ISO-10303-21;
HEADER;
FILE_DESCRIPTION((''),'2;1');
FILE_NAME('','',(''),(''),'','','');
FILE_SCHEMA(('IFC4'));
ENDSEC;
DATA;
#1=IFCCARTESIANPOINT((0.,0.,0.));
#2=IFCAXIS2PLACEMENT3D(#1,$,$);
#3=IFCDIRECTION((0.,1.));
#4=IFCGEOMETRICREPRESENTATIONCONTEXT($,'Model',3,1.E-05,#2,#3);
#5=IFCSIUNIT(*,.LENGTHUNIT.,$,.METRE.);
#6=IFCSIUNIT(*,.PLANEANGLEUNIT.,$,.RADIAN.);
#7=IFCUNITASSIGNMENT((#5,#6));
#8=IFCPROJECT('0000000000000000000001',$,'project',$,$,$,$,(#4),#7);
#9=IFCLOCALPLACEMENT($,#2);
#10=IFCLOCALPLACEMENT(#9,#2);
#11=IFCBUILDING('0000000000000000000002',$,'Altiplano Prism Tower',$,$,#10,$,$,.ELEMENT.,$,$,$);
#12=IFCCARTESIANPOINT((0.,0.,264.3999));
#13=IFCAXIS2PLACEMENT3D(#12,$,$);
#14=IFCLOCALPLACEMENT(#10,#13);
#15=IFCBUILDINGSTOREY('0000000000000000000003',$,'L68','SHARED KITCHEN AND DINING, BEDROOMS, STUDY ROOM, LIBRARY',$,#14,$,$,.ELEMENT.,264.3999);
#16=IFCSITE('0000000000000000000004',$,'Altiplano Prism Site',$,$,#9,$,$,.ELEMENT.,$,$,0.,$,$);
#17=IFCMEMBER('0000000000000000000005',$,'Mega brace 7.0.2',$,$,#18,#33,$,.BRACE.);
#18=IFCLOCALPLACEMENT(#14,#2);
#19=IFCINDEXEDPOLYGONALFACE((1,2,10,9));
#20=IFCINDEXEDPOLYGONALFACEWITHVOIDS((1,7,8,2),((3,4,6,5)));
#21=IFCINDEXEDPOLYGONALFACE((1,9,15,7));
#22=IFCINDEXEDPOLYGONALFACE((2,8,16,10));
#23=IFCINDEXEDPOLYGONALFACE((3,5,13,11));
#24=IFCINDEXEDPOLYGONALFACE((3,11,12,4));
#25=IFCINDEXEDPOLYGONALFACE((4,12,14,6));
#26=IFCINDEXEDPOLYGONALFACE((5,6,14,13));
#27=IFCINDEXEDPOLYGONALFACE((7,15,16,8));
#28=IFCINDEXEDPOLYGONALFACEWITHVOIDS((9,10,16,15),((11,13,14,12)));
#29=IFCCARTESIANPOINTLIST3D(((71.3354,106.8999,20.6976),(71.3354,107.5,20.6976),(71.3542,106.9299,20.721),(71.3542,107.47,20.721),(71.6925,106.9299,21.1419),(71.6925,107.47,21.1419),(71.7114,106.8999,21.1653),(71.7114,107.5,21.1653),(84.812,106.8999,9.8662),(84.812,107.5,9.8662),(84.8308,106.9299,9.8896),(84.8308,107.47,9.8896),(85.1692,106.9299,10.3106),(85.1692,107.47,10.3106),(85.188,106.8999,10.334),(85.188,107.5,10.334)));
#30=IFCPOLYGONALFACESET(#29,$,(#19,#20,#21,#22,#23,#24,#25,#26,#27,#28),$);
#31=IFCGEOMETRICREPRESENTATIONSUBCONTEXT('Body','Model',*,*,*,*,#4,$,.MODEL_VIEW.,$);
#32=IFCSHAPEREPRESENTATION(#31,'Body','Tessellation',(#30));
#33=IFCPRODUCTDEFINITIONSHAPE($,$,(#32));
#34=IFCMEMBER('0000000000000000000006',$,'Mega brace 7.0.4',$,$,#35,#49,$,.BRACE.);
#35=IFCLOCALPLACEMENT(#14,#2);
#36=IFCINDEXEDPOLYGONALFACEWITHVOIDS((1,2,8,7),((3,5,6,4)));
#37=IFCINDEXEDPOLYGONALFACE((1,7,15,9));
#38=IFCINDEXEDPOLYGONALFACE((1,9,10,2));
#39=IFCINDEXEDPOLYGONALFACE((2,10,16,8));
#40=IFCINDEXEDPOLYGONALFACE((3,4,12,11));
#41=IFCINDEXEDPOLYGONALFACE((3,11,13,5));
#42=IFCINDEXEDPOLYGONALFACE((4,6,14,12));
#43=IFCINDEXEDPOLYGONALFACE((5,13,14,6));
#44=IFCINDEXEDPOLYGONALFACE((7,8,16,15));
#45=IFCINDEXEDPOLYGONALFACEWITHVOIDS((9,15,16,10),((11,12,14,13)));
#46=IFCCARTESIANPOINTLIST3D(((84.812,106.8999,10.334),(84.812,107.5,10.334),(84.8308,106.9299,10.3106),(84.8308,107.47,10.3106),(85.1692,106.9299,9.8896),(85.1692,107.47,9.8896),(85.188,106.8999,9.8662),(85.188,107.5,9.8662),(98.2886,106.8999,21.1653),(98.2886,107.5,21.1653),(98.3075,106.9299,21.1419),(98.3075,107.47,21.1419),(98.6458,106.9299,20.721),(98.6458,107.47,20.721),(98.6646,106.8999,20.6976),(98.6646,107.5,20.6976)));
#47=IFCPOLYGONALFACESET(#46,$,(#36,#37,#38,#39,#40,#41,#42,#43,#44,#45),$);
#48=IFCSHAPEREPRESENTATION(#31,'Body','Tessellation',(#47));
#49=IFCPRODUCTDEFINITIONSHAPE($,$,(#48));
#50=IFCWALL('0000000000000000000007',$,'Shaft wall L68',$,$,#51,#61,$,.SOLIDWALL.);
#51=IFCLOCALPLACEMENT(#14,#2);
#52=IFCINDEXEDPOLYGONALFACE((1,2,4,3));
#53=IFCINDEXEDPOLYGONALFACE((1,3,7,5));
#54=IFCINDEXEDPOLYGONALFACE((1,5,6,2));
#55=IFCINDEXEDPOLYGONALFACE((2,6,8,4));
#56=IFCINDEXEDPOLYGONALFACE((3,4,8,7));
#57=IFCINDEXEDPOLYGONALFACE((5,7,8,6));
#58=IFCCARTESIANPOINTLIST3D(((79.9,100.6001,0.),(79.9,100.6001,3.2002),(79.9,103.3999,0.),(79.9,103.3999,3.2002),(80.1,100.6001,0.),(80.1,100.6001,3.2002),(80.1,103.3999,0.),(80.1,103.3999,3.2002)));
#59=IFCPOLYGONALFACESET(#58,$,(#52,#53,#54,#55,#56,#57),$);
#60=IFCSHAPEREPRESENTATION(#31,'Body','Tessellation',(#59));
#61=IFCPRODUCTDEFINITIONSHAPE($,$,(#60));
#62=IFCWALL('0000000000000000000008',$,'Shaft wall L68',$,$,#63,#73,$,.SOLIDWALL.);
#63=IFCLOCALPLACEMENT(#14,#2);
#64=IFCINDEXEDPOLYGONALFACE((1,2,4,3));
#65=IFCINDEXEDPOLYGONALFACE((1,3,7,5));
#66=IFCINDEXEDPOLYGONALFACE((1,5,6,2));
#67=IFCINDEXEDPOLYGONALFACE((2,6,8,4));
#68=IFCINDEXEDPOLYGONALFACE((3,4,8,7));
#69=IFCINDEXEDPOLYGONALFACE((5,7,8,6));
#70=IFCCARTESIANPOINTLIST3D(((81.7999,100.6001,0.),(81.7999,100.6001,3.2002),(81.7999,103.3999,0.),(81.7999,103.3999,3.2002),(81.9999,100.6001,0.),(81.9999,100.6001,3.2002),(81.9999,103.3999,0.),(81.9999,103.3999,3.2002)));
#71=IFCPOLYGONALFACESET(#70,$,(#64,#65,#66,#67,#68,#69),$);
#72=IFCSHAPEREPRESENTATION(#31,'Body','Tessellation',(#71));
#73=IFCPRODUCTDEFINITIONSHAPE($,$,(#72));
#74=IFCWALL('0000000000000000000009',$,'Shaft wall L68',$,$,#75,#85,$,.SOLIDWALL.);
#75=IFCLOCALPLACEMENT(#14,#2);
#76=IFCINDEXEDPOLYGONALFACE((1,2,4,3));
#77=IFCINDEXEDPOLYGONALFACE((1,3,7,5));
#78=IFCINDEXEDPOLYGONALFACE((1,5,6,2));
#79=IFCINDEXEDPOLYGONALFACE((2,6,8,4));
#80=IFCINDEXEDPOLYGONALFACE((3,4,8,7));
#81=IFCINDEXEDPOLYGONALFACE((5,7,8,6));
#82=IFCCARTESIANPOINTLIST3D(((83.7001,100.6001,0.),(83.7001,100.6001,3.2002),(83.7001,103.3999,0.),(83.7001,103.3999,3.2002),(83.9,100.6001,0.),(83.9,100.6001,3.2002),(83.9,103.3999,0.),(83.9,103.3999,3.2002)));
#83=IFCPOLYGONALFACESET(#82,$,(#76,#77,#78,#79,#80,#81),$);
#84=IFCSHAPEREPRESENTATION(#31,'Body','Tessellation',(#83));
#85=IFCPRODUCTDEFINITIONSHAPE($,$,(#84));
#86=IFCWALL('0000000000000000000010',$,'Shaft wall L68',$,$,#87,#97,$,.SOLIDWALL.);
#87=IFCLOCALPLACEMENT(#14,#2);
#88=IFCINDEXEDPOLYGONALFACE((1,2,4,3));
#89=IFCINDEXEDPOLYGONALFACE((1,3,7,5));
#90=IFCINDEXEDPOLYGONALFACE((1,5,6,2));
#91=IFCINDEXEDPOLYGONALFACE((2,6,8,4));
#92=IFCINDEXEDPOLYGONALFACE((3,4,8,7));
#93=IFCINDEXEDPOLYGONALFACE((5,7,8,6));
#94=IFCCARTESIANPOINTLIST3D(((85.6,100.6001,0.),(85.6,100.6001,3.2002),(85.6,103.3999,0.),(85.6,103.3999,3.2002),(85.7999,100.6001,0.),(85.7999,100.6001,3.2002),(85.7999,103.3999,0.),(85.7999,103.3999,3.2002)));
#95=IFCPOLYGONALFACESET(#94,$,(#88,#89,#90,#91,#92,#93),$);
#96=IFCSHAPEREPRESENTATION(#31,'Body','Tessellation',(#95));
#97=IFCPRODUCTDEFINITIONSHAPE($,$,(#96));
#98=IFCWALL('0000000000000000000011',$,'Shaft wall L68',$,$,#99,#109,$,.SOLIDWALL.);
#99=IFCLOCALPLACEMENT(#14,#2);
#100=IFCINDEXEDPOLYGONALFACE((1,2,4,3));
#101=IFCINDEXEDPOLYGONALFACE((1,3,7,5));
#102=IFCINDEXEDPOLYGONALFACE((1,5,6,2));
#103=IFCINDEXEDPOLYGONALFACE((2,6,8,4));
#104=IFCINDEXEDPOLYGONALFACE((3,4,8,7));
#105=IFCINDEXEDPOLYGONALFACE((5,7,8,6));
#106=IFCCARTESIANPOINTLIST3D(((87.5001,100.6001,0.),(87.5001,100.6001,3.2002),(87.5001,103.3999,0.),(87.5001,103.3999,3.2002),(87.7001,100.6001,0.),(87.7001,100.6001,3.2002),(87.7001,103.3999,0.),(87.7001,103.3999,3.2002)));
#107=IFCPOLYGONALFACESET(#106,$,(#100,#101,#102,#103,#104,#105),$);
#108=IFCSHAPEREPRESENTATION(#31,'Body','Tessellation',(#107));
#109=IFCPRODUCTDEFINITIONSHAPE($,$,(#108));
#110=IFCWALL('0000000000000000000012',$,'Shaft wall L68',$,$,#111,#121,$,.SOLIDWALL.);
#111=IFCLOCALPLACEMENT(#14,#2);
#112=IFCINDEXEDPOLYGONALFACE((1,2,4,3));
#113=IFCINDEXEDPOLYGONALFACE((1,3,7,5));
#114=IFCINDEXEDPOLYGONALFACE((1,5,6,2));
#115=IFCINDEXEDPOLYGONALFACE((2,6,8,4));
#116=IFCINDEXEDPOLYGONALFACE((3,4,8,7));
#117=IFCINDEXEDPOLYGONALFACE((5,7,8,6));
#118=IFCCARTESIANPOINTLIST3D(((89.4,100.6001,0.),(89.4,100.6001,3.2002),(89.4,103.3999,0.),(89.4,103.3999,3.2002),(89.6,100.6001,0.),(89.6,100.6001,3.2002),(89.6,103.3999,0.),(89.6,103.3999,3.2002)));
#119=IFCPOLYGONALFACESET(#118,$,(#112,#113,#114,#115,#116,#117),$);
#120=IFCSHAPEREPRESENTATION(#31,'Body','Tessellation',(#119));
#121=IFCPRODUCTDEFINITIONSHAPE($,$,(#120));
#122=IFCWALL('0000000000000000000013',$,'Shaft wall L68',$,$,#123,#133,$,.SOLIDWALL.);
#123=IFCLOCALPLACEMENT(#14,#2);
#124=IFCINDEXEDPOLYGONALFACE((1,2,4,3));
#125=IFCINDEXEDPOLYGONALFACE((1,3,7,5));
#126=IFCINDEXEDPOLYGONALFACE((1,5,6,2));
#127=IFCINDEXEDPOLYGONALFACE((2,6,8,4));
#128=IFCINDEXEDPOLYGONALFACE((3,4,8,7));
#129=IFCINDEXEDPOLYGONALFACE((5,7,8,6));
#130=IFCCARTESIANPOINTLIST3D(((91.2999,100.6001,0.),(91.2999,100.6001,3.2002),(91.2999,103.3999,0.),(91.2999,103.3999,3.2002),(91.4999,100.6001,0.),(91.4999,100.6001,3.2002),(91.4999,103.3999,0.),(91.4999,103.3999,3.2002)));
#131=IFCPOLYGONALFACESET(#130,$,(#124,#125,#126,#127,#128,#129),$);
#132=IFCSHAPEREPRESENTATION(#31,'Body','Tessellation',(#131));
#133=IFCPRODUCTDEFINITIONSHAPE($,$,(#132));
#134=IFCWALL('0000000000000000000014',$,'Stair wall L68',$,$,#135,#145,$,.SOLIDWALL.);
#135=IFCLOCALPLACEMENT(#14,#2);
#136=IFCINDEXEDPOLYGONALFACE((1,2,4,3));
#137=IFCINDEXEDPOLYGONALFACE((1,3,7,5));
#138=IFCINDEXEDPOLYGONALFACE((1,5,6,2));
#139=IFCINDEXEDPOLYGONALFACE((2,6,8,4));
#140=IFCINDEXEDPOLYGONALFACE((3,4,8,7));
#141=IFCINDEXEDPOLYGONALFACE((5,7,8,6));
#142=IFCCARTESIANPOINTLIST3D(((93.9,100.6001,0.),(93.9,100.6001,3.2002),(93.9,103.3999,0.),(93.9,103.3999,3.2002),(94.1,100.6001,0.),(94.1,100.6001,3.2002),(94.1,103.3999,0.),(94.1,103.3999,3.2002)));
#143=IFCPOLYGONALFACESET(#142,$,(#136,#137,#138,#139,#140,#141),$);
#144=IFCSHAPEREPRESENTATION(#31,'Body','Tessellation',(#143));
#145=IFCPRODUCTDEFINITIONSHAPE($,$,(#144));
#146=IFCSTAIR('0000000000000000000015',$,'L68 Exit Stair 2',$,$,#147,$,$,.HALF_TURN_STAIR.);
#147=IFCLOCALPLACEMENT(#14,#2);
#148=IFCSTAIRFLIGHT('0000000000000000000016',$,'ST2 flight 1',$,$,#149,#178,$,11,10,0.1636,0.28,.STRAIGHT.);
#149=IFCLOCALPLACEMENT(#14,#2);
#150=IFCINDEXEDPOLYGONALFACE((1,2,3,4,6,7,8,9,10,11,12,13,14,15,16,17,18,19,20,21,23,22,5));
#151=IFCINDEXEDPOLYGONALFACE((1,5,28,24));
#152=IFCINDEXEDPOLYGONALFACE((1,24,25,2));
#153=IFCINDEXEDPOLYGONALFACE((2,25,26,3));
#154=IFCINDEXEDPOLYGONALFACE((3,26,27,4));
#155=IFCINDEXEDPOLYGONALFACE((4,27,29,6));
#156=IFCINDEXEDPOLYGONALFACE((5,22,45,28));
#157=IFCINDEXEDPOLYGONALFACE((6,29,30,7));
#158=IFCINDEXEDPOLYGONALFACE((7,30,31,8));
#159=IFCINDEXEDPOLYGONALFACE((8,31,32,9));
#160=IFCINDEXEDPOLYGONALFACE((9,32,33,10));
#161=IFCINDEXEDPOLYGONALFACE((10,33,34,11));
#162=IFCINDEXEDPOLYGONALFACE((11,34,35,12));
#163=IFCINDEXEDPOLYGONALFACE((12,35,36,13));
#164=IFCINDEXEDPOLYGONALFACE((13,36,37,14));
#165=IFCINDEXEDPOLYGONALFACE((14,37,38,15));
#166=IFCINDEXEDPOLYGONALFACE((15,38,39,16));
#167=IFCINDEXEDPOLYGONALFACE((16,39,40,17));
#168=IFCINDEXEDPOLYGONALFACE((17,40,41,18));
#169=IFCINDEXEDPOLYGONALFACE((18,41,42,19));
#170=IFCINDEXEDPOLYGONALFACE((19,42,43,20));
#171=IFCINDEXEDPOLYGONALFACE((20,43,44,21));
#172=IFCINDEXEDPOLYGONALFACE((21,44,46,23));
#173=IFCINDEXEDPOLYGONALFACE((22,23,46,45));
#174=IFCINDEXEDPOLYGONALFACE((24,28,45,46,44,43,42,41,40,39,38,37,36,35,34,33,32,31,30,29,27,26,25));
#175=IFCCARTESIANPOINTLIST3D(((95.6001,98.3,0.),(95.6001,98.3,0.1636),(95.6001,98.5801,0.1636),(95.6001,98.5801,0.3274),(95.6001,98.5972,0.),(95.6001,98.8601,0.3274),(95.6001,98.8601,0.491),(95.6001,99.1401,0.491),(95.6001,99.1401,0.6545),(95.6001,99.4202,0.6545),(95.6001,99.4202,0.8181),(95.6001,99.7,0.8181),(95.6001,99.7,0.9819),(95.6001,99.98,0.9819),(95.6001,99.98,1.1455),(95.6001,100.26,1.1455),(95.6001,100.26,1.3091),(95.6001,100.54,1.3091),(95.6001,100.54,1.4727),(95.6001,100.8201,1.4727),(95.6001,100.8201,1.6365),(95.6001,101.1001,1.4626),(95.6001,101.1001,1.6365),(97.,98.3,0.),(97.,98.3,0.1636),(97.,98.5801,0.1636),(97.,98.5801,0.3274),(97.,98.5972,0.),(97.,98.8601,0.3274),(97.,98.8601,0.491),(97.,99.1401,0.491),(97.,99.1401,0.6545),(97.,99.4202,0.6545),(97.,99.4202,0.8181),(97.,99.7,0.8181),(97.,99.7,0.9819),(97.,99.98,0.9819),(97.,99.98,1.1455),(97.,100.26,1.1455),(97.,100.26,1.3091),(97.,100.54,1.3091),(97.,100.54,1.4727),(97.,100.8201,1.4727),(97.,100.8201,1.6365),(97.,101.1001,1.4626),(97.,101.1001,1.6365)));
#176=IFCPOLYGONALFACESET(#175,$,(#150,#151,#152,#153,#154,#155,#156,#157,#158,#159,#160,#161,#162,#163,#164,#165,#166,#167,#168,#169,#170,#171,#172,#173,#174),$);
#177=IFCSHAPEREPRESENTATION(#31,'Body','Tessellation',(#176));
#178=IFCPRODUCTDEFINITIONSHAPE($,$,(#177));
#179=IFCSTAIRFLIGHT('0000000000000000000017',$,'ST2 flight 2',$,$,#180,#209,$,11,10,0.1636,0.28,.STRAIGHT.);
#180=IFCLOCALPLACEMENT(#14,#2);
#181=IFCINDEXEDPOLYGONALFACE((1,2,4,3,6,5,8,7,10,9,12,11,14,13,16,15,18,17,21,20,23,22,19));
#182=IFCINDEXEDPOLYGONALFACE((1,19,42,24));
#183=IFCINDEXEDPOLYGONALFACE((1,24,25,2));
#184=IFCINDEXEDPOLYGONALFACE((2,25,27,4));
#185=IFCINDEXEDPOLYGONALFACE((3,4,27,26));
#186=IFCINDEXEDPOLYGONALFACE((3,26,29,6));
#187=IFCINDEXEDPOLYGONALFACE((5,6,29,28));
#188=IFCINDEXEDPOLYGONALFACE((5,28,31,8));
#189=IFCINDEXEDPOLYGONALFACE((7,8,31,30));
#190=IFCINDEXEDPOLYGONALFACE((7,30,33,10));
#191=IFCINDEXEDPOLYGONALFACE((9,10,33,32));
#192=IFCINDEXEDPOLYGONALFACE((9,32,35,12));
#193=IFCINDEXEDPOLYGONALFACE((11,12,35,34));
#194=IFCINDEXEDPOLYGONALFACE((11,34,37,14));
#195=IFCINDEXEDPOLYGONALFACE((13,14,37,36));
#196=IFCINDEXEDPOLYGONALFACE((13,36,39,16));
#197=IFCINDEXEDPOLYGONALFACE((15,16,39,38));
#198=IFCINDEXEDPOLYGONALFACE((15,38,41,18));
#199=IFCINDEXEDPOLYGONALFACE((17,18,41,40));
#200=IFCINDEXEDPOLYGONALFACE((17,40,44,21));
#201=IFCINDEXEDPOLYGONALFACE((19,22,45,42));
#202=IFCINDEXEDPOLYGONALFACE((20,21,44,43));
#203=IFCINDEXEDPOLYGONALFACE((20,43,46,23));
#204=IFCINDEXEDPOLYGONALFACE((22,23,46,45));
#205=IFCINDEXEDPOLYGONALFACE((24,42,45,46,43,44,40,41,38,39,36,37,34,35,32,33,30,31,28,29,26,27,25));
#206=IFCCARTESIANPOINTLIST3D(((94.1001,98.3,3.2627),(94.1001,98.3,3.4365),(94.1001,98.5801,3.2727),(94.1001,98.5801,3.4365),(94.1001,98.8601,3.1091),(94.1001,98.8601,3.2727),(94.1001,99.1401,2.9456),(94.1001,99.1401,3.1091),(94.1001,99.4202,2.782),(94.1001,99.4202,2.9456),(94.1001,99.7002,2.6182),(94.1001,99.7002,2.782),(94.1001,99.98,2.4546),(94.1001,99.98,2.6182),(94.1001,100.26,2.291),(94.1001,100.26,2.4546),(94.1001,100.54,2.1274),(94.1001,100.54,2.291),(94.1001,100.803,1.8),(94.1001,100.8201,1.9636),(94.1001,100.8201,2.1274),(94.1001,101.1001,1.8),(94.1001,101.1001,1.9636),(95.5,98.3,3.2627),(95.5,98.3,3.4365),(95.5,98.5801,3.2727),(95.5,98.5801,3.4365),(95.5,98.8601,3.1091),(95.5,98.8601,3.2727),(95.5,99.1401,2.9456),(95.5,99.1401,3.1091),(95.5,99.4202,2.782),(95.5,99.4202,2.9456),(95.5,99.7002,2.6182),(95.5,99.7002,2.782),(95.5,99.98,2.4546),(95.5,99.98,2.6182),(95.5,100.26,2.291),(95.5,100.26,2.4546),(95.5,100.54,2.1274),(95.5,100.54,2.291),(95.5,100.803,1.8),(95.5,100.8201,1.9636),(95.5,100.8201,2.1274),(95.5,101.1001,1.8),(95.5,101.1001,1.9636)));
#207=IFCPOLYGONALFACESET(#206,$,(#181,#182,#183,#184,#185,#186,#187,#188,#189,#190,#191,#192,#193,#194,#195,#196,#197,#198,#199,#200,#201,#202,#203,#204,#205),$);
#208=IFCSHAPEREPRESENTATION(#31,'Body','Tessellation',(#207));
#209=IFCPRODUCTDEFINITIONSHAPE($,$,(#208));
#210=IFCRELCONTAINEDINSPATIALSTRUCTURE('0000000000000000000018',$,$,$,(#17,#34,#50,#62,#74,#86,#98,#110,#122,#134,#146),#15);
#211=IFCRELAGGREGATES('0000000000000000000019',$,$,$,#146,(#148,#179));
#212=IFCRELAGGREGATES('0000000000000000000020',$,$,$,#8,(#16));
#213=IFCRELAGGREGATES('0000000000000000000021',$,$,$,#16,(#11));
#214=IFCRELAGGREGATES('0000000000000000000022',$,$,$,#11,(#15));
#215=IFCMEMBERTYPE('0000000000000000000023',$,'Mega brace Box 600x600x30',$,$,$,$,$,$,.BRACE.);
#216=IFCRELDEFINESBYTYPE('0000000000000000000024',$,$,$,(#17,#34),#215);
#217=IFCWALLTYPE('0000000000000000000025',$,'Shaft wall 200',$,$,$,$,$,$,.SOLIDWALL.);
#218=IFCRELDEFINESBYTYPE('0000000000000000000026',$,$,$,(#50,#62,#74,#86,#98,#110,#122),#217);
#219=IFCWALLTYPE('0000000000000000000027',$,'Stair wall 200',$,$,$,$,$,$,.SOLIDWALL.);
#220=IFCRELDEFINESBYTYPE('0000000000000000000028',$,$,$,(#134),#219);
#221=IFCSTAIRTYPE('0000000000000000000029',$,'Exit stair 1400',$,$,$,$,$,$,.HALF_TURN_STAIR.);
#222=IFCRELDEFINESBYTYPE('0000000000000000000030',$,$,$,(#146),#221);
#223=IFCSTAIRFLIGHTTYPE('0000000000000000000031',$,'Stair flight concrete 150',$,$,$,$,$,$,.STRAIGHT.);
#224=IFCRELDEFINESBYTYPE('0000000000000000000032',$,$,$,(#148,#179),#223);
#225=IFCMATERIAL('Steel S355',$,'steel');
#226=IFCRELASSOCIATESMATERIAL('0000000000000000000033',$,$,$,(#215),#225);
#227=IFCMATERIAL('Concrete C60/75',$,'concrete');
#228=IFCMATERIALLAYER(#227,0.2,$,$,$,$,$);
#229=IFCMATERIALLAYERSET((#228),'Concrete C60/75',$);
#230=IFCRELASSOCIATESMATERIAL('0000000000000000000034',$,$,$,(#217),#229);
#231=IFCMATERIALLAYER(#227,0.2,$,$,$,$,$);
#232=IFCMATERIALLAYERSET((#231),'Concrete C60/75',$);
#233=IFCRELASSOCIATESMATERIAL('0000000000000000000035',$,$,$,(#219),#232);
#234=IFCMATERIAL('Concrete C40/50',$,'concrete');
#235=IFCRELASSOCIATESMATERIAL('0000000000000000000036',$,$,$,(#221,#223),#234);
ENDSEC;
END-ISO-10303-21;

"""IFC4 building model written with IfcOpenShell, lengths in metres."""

from ifc_helpers import new_model, si_unit, direction, frame, frame_2d, origin, origin_2d, place, context, subcontext, project, spatial, polyline, rectangle, hollow_rectangle, outline, extrude, material, layer, layer_set, material_profile, profile_set, type_object, element, aggregate, save


model = new_model("IFC4")

# Units and contexts
model_context = context("Model", 3, precision=1e-05, world=origin(), true_north=direction((0.0, 1.0)))
body_context = subcontext(model_context, "Body", "Model", "MODEL_VIEW")
ifc_project = project(units=[si_unit("LENGTHUNIT", "METRE"), si_unit("PLANEANGLEUNIT", "RADIAN")], contexts=[model_context])

# Site, building, storey
site_placement = place(None, origin())
site = spatial("IfcSite", under=ifc_project, at=site_placement, Name="Altiplano Prism Site", CompositionType="ELEMENT", RefElevation=0.0)
building_placement = place(site_placement, origin())
building = spatial("IfcBuilding", under=site, at=building_placement, Name="Altiplano Prism Tower", CompositionType="ELEMENT")
storey_placement = place(building_placement, frame((0.0, 0.0, 264.3999)))
storey = spatial("IfcBuildingStorey", under=building, at=storey_placement, Name="L68", Description="SHARED KITCHEN AND DINING, BEDROOMS, STUDY ROOM, LIBRARY", CompositionType="ELEMENT", Elevation=264.3999)

# Members
ifc_material_1 = material(Name="Steel S355", Category="steel")
ifc_material_profile = material_profile(ifc_material_1, hollow_rectangle(XDim=0.6001, YDim=0.6001, WallThickness=0.03, at=origin_2d()), Name="Mega brace Box 600x600x30")
ifc_profile_set = profile_set([ifc_material_profile], Name="Steel S355")
member_type = type_object("IfcMemberType", Name="Mega brace Box 600x600x30", PredefinedType="BRACE", material=ifc_profile_set)
for number, where, z_axis, x_axis, name in (
    (1, (85.0, 107.2, 10.1001), (-0.779455, 0.0, 0.626459), (0.0, -1.0, 0.0), "Mega brace 7.0.2"),
    (2, (85.0, 107.2, 10.1001), (0.779455, 0.0, 0.626459), (0.0, 1.0, 0.0), "Mega brace 7.0.4"),
):
    element("IfcMember", number, at=place(storey_placement, frame(where, z_axis=z_axis, x_axis=x_axis)), inside=storey, type_object=member_type, Name=name, PredefinedType="BRACE", context=body_context, shape_type="SweptSolid", body=[
        extrude(hollow_rectangle(XDim=0.6001, YDim=0.6001, WallThickness=0.03, at=origin_2d()), origin(), (0.0, 0.0, 1.0), 17.2898),
    ])

# Walls
ifc_material_2 = material(Name="Concrete C60/75", Category="concrete")
ifc_layer_1 = layer(ifc_material_2, 0.2)
ifc_layer_set_1 = layer_set([ifc_layer_1], Name="Concrete C60/75")
wall_type_1 = type_object("IfcWallType", Name="Shaft wall 200", PredefinedType="SOLIDWALL", material=ifc_layer_set_1)
for number, where, z_axis, x_axis, name in (
    (3, (80.0, 100.6001, 0.0), (0.0, 0.0, 1.0), (0.0, 1.0, 0.0), "Shaft wall L68"),
    (4, (81.8999, 100.6001, 0.0), (0.0, 0.0, 1.0), (0.0, 1.0, 0.0), "Shaft wall L68"),
    (5, (83.8, 100.6001, 0.0), (0.0, 0.0, 1.0), (0.0, 1.0, 0.0), "Shaft wall L68"),
    (6, (85.7, 100.6001, 0.0), (0.0, 0.0, 1.0), (0.0, 1.0, 0.0), "Shaft wall L68"),
    (7, (87.6001, 100.6001, 0.0), (0.0, 0.0, 1.0), (0.0, 1.0, 0.0), "Shaft wall L68"),
    (8, (89.5, 100.6001, 0.0), (0.0, 0.0, 1.0), (0.0, 1.0, 0.0), "Shaft wall L68"),
    (9, (91.3999, 100.6001, 0.0), (0.0, 0.0, 1.0), (0.0, 1.0, 0.0), "Shaft wall L68"),
):
    element("IfcWall", number, at=place(storey_placement, frame(where, z_axis=z_axis, x_axis=x_axis)), inside=storey, type_object=wall_type_1, Name=name, PredefinedType="SOLIDWALL", context=body_context, shape_type="SweptSolid", body=[
        extrude(rectangle(XDim=2.7998, YDim=0.2, at=frame_2d((1.3999, 0.0))), origin(), (0.0, 0.0, 1.0), 3.2002),
    ])
ifc_layer_2 = layer(ifc_material_2, 0.2)
ifc_layer_set_2 = layer_set([ifc_layer_2], Name="Concrete C60/75")
wall_type_2 = type_object("IfcWallType", Name="Stair wall 200", PredefinedType="SOLIDWALL", material=ifc_layer_set_2)
wall_placement = place(storey_placement, frame((94.0, 100.6001, 0.0), z_axis=(0.0, 0.0, 1.0), x_axis=(0.0, 1.0, 0.0)))
element("IfcWall", 10, at=wall_placement, inside=storey, type_object=wall_type_2, Name="Stair wall L68", PredefinedType="SOLIDWALL", context=body_context, shape_type="SweptSolid", body=[
    extrude(rectangle(XDim=2.7998, YDim=0.2, at=frame_2d((1.3999, 0.0))), origin(), (0.0, 0.0, 1.0), 3.2002),
])

# Stair, stair flights
ifc_material_3 = material(Name="Concrete C40/50", Category="concrete")
stair_type = type_object("IfcStairType", Name="Exit stair 1400", PredefinedType="HALF_TURN_STAIR", material=ifc_material_3)
stair_placement = place(storey_placement, origin())
stair = element("IfcStair", 11, at=stair_placement, inside=storey, type_object=stair_type, Name="L68 Exit Stair 2", PredefinedType="HALF_TURN_STAIR")
stair_flight_type = type_object("IfcStairFlightType", Name="Stair flight concrete 150", PredefinedType="STRAIGHT", material=ifc_material_3)
stair_flight_1_placement = place(storey_placement, frame((96.3, 98.3, 0.0), z_axis=(0.0, 0.0, 1.0), x_axis=(0.0, 1.0, 0.0)))
stair_flight_1 = element("IfcStairFlight", 12, at=stair_flight_1_placement, type_object=stair_flight_type, Name="ST2 flight 1", NumberOfRisers=11, NumberOfTreads=10, PredefinedType="STRAIGHT", RiserHeight=0.1636, TreadLength=0.28, context=body_context, shape_type="SweptSolid", body=[
    extrude(outline(polyline([(0.0, 0.0), (0.0, 0.1636), (0.28, 0.1636), (0.28, 0.3274), (0.5601, 0.3274), (0.5601, 0.491), (0.8401, 0.491), (0.8401, 0.6545), (1.1201, 0.6545), (1.1201, 0.8181), (1.3999, 0.8181), (1.3999, 0.9819), (1.6799, 0.9819), (1.6799, 1.1455), (1.96, 1.1455), (1.96, 1.3091), (2.24, 1.3091), (2.24, 1.4727), (2.52, 1.4727), (2.52, 1.6365), (2.8, 1.6365), (2.8, 1.8), (2.8, 1.4626), (0.2971, 0.0), (0.0, 0.0)])), frame((0.0, 0.7, 0.0), z_axis=(0.0, -1.0, 0.0), x_axis=(1.0, 0.0, 0.0)), (0.0, 0.0, 1.0), 1.3999),
])
stair_flight_2_placement = place(storey_placement, frame((94.8, 101.1001, 1.8), z_axis=(0.0, 0.0, 1.0), x_axis=(0.0, -1.0, 0.0)))
stair_flight_2 = element("IfcStairFlight", 13, at=stair_flight_2_placement, type_object=stair_flight_type, Name="ST2 flight 2", NumberOfRisers=11, NumberOfTreads=10, PredefinedType="STRAIGHT", RiserHeight=0.1636, TreadLength=0.28, context=body_context, shape_type="SweptSolid", body=[
    extrude(outline(polyline([(0.0, 0.0), (0.0, 0.1636), (0.28, 0.1636), (0.28, 0.3274), (0.5601, 0.3274), (0.5601, 0.491), (0.8401, 0.491), (0.8401, 0.6545), (1.1201, 0.6545), (1.1201, 0.8181), (1.3999, 0.8181), (1.3999, 0.9819), (1.6799, 0.9819), (1.6799, 1.1455), (1.96, 1.1455), (1.96, 1.3091), (2.24, 1.3091), (2.24, 1.4727), (2.52, 1.4727), (2.52, 1.6365), (2.8, 1.6365), (2.8, 1.8), (2.8, 1.4626), (0.2971, 0.0), (0.0, 0.0)])), frame((0.0, 0.7, 0.0), z_axis=(0.0, -1.0, 0.0), x_axis=(1.0, 0.0, 0.0)), (0.0, 0.0, 1.0), 1.3999),
])
aggregate(stair, [stair_flight_1, stair_flight_2])

save(model, "model.ifc")
